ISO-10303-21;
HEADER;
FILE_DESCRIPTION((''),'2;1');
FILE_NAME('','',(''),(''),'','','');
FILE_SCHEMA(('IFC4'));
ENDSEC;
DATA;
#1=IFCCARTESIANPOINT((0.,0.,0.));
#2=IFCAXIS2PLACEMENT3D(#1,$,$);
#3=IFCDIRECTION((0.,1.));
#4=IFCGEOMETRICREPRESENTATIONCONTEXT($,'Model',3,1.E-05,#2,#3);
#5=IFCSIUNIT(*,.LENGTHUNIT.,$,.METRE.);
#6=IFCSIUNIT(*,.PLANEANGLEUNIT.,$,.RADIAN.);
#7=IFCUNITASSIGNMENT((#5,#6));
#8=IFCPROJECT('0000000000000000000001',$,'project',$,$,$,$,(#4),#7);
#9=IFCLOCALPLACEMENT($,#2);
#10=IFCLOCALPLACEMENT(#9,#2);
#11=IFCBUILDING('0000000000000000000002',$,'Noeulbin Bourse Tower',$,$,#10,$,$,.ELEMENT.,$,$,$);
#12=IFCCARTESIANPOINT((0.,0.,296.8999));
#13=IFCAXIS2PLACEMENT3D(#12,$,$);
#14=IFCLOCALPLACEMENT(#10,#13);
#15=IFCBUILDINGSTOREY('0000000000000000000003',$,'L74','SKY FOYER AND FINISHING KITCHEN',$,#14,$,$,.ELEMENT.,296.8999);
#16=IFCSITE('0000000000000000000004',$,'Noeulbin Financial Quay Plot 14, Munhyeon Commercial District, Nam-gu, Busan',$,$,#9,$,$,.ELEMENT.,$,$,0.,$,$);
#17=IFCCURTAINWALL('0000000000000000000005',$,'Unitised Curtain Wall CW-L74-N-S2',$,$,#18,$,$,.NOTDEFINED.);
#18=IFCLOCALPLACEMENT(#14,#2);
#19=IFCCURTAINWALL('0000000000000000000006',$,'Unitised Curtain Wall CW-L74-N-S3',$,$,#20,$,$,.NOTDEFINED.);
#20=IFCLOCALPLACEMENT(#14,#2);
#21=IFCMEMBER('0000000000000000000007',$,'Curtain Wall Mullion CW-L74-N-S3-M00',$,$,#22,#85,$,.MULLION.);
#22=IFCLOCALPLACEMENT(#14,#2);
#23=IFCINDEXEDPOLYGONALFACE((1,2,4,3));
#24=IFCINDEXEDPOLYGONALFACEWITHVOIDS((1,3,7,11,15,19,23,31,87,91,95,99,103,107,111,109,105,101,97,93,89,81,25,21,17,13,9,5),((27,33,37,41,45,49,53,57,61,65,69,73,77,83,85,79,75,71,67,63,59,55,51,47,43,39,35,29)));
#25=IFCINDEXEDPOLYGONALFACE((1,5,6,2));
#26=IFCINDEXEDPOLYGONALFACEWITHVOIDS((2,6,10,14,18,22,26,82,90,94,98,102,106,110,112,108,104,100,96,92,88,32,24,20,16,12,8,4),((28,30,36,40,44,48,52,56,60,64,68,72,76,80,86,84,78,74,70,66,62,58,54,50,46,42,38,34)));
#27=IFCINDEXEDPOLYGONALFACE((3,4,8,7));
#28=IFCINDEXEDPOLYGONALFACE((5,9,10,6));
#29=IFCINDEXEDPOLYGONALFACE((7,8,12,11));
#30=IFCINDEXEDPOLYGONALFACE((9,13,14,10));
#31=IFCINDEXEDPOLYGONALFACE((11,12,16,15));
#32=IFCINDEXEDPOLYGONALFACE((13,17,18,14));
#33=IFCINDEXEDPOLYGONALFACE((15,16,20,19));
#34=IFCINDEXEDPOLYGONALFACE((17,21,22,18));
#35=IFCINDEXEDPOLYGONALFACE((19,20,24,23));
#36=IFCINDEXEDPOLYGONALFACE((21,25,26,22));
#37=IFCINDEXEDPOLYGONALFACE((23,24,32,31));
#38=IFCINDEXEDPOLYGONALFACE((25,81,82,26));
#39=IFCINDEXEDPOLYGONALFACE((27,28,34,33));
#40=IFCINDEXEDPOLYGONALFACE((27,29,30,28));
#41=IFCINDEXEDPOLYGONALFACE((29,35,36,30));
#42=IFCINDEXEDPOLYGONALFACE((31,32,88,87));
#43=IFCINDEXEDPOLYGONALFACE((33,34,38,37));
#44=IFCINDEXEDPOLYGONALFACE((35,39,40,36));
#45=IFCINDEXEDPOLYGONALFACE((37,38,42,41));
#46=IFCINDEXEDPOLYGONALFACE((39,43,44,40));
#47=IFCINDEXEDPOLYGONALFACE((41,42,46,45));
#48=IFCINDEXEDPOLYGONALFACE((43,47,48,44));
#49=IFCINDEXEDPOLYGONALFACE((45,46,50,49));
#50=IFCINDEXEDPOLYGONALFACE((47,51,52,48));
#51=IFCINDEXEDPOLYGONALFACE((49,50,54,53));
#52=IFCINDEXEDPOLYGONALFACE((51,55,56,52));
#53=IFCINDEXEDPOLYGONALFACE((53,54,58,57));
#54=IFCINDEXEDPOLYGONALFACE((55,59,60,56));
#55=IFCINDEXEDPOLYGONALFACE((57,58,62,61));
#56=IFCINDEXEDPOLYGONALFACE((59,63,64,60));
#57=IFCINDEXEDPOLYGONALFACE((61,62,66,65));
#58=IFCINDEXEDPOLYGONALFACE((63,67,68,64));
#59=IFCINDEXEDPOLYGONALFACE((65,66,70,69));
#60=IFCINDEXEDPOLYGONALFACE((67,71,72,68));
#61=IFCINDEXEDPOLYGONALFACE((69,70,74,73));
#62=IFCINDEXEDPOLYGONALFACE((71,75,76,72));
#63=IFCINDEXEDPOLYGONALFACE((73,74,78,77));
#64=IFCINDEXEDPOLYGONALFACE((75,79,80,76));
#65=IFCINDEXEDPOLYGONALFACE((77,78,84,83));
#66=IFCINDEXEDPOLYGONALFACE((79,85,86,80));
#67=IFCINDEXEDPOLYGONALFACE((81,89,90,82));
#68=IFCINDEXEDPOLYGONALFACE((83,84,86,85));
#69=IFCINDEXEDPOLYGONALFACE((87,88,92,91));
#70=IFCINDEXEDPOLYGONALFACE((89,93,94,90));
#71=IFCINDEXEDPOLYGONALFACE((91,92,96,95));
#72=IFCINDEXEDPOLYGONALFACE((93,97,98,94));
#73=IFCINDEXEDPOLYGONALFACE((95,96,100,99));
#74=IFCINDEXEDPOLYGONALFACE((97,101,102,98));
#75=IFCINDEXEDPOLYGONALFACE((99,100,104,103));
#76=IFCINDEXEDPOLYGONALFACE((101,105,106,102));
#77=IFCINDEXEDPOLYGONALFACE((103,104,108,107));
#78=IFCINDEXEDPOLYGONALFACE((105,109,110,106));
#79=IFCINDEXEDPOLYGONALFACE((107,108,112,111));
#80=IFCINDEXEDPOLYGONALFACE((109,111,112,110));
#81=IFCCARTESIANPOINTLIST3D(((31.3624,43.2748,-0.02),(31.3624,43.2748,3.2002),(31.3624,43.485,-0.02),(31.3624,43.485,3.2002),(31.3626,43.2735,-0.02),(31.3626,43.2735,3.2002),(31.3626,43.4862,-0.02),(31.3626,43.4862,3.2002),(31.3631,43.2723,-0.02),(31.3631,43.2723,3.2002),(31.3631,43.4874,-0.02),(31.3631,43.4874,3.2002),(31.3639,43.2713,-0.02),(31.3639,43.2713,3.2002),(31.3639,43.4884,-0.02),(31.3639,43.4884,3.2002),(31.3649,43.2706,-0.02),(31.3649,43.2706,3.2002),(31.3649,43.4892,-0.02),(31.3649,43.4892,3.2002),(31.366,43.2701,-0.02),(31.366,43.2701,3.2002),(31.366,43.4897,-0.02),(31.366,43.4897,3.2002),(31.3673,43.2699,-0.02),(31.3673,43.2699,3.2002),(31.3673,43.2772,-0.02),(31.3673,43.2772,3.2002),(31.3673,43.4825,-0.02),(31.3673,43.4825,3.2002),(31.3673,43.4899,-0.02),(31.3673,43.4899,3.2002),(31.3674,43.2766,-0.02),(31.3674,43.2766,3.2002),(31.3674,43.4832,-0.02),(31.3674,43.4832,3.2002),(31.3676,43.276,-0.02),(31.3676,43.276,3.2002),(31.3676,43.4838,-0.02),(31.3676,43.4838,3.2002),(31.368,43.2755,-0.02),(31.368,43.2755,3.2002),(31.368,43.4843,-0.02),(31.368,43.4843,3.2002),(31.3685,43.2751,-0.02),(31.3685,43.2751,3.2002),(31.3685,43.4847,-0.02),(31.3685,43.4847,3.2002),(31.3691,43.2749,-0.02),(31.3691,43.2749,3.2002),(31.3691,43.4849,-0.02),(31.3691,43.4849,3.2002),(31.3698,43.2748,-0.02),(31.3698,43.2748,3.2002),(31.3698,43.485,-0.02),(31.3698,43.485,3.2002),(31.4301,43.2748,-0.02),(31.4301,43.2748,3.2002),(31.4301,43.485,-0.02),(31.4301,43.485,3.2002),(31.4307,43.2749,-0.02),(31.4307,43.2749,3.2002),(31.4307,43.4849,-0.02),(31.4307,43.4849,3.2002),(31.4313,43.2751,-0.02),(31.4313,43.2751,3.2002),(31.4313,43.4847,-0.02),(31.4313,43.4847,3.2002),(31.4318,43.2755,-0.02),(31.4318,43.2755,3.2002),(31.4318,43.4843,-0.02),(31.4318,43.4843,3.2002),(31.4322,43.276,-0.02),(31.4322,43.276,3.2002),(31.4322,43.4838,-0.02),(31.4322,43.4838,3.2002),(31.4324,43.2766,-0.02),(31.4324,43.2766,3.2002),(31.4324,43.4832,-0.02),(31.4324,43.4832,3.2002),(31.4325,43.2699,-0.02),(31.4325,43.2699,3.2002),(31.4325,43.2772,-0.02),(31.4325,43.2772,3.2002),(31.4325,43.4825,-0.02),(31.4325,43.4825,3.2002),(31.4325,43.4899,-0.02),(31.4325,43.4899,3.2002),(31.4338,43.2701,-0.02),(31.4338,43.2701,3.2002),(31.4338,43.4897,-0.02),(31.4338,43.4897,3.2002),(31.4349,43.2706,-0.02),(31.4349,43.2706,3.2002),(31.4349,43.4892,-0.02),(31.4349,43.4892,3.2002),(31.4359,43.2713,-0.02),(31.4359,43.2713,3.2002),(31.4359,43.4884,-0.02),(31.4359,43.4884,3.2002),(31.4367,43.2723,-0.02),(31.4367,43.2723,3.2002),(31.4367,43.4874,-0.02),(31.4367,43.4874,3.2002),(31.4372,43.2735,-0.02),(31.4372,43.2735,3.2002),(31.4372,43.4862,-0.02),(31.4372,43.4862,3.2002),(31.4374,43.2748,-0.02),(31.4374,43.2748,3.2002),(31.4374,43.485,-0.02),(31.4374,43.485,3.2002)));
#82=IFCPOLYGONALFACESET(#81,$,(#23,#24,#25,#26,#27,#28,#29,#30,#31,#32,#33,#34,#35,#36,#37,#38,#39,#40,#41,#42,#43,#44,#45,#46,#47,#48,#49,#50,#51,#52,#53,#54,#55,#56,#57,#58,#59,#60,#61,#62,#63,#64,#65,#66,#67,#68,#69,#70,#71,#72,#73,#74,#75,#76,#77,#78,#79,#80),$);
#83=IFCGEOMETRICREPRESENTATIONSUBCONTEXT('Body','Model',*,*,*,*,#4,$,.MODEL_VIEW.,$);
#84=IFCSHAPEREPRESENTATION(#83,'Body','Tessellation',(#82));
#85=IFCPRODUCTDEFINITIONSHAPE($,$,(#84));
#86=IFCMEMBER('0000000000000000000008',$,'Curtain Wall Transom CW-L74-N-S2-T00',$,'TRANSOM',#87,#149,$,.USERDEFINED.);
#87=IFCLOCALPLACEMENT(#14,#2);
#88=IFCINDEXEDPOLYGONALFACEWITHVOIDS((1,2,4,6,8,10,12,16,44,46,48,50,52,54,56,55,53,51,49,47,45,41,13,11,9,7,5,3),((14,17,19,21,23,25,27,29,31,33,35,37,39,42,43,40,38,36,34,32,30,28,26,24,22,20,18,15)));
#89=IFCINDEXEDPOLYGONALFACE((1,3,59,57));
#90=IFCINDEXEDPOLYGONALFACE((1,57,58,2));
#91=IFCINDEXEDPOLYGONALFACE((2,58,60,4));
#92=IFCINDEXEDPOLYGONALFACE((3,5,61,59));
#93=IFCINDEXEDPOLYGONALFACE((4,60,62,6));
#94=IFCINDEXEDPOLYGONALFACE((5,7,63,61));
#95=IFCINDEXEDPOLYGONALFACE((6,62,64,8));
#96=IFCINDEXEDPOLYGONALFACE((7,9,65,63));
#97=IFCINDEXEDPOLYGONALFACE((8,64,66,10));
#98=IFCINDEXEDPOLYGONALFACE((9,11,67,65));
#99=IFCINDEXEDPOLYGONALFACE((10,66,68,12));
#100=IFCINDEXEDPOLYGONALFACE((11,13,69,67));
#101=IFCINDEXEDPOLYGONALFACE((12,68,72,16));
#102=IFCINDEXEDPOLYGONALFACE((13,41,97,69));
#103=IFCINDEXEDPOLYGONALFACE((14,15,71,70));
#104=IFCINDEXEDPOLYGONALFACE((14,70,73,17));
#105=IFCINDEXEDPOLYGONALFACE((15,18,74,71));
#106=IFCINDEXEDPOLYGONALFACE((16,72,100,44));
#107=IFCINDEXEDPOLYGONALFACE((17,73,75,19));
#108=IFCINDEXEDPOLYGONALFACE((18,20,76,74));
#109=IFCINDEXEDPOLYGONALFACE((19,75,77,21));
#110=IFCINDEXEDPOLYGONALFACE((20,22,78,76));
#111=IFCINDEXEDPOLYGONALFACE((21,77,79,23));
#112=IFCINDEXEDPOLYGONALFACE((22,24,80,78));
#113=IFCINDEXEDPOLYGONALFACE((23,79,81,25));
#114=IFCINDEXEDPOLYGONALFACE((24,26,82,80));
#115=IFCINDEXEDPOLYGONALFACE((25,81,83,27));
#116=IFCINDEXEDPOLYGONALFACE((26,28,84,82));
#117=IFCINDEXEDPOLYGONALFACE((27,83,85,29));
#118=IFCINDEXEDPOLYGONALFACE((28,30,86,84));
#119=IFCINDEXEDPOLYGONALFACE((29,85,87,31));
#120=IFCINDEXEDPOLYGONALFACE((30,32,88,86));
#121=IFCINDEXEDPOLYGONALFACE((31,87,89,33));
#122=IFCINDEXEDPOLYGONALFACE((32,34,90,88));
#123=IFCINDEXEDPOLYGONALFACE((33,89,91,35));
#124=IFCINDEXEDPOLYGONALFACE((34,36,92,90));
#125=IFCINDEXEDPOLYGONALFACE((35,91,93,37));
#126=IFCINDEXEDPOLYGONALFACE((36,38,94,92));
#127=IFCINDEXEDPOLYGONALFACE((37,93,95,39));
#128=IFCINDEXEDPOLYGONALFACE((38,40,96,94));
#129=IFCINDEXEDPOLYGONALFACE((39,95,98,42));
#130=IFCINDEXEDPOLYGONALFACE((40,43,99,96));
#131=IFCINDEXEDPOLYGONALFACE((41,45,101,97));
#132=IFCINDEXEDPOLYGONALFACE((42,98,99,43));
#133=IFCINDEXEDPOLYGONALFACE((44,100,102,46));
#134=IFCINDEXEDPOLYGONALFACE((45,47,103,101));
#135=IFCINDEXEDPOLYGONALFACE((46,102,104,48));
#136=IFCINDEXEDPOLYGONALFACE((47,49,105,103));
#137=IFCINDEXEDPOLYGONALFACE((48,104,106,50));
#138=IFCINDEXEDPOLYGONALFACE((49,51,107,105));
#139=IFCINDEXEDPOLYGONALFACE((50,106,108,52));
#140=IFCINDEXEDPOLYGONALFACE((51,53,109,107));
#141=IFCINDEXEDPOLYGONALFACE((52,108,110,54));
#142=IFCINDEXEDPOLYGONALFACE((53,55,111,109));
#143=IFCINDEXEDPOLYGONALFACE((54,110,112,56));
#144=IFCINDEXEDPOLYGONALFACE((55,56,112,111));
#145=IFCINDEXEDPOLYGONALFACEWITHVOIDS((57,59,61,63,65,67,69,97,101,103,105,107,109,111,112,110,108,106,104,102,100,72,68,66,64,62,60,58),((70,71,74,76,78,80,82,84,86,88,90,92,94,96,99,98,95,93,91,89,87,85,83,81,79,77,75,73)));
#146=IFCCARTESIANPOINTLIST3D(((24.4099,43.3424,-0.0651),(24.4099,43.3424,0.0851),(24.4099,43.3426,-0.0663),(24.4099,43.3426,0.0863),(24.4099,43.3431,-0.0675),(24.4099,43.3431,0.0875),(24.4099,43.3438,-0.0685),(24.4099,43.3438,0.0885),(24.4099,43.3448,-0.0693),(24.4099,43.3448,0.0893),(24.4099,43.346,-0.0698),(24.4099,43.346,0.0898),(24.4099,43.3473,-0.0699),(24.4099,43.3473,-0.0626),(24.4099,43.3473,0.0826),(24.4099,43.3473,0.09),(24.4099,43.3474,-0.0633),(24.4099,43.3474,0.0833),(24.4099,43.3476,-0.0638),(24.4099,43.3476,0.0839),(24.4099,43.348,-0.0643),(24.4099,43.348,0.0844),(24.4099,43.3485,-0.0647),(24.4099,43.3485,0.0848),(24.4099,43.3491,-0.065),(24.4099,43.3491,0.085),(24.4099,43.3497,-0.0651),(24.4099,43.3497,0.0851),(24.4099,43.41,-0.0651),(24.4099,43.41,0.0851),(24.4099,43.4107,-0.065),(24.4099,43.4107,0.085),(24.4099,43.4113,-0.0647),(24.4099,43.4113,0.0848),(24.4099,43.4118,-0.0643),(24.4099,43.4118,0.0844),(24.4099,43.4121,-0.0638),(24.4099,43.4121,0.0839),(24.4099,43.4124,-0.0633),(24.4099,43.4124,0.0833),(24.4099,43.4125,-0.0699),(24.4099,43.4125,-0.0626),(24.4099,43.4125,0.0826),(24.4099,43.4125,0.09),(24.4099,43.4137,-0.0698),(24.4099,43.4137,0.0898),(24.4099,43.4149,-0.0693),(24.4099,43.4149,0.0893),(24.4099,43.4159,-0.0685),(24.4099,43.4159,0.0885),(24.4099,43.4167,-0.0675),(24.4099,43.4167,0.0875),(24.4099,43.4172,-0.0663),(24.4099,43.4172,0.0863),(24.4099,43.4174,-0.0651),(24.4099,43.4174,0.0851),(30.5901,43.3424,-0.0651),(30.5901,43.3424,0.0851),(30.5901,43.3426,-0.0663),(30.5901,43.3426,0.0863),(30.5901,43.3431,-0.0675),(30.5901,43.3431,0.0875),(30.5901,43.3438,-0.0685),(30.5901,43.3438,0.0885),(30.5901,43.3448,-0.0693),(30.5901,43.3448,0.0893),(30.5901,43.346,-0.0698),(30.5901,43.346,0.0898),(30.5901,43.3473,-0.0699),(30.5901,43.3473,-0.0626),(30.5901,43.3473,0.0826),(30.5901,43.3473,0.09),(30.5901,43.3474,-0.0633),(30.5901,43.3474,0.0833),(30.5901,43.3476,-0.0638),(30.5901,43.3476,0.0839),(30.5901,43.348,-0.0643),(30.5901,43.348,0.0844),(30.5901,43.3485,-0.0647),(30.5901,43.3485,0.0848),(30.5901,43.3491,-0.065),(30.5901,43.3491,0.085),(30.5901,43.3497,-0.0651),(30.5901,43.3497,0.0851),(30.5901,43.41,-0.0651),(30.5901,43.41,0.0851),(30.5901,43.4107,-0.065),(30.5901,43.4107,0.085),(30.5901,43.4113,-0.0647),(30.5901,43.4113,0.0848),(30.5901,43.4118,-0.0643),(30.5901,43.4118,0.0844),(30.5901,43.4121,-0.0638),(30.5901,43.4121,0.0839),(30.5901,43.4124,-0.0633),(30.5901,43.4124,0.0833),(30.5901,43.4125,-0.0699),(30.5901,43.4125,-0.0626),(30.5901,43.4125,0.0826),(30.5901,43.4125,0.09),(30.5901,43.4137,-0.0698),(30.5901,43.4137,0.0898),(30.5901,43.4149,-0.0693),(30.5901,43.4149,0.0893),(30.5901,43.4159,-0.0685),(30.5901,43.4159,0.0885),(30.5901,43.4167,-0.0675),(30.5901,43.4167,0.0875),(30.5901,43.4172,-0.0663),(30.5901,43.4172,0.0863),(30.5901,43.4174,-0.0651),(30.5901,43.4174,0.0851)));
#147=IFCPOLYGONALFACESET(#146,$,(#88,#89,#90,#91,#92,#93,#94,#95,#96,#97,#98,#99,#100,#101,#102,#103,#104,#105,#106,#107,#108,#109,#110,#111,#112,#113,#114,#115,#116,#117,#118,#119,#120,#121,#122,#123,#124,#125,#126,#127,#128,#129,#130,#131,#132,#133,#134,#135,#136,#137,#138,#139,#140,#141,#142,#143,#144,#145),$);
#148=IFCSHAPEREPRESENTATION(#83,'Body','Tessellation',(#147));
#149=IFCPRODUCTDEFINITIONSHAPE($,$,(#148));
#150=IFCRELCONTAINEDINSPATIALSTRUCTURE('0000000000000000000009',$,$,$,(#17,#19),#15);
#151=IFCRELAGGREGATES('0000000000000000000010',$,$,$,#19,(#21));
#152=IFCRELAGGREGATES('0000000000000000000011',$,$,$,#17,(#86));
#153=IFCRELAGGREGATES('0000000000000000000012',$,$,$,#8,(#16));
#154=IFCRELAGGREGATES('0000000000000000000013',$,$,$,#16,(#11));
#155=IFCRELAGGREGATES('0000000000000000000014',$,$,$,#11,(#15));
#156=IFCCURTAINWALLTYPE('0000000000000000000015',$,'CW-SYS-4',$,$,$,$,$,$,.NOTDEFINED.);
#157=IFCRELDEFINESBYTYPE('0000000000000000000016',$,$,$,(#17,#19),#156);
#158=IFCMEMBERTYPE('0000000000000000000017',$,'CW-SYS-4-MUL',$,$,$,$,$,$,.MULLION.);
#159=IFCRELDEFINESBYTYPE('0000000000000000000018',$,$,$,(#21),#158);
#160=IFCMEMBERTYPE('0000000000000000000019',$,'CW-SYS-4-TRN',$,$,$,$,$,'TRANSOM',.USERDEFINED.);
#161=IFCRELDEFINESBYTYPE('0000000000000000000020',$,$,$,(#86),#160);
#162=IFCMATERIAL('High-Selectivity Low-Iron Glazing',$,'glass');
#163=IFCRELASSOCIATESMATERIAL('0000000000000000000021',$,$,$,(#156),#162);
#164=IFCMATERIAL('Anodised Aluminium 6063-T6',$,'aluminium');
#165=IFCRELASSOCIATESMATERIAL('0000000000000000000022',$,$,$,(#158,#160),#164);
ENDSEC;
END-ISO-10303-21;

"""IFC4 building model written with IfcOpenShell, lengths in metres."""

from ifc_helpers import new_model, si_unit, direction, frame, origin, origin_2d, place, context, subcontext, project, spatial, hollow_rectangle, extrude, material, material_profile, profile_set, type_object, element, aggregate, save


model = new_model("IFC4")

# Units and contexts
model_context = context("Model", 3, precision=1e-05, world=origin(), true_north=direction((0.0, 1.0)))
body_context = subcontext(model_context, "Body", "Model", "MODEL_VIEW")
ifc_project = project(units=[si_unit("LENGTHUNIT", "METRE"), si_unit("PLANEANGLEUNIT", "RADIAN")], contexts=[model_context])

# Site, building, storey
site_placement = place(None, origin())
site = spatial("IfcSite", under=ifc_project, at=site_placement, Name="Noeulbin Financial Quay Plot 14, Munhyeon Commercial District, Nam-gu, Busan", CompositionType="ELEMENT", RefElevation=0.0)
building_placement = place(site_placement, origin())
building = spatial("IfcBuilding", under=site, at=building_placement, Name="Noeulbin Bourse Tower", CompositionType="ELEMENT")
storey_placement = place(building_placement, frame((0.0, 0.0, 296.8999)))
storey = spatial("IfcBuildingStorey", under=building, at=storey_placement, Name="L74", Description="SKY FOYER AND FINISHING KITCHEN", CompositionType="ELEMENT", Elevation=296.8999)

# Curtain wall
ifc_material_1 = material(Name="High-Selectivity Low-Iron Glazing", Category="glass")
curtain_wall_type = type_object("IfcCurtainWallType", Name="CW-SYS-4", PredefinedType="NOTDEFINED", material=ifc_material_1)
ifc_material_2 = material(Name="Anodised Aluminium 6063-T6", Category="aluminium")
ifc_material_profile_1 = material_profile(ifc_material_2, hollow_rectangle(XDim=0.075, YDim=0.22, WallThickness=0.0049, InnerFilletRadius=0.0024, OuterFilletRadius=0.0049, at=origin_2d()), Name="ALU-MULL-75x220x5", Category="LoadBearing")
ifc_profile_set_1 = profile_set([ifc_material_profile_1], Name="Anodised Aluminium 6063-T6")
member_type_1 = type_object("IfcMemberType", Name="CW-SYS-4-MUL", PredefinedType="MULLION", material=ifc_profile_set_1)
curtain_wall_1_placement = place(storey_placement, origin())
curtain_wall_1 = element("IfcCurtainWall", 1, at=curtain_wall_1_placement, inside=storey, type_object=curtain_wall_type, Name="Unitised Curtain Wall CW-L74-N-S2", PredefinedType="NOTDEFINED")

# Curtain wall, member
curtain_wall_2_placement = place(storey_placement, origin())
curtain_wall_2 = element("IfcCurtainWall", 2, at=curtain_wall_2_placement, inside=storey, type_object=curtain_wall_type, Name="Unitised Curtain Wall CW-L74-N-S3", PredefinedType="NOTDEFINED")
member_1_placement = place(storey_placement, frame((31.3999, 43.3799, -0.02), z_axis=(0.0, 0.0, 1.0), x_axis=(1.0, 0.0, 0.0)))
member_1 = element("IfcMember", 3, at=member_1_placement, type_object=member_type_1, Name="Curtain Wall Mullion CW-L74-N-S3-M00", PredefinedType="MULLION", context=body_context, shape_type="SweptSolid", body=[
    extrude(hollow_rectangle(XDim=0.075, YDim=0.22, WallThickness=0.0049, InnerFilletRadius=0.0024, OuterFilletRadius=0.0049, at=origin_2d()), origin(), (0.0, 0.0, 1.0), 3.2202),
])

# Member
ifc_material_profile_2 = material_profile(ifc_material_2, hollow_rectangle(XDim=0.075, YDim=0.1599, WallThickness=0.0049, InnerFilletRadius=0.0024, OuterFilletRadius=0.0049, at=origin_2d()), Name="ALU-TRAN-75x160x5", Category="LoadBearing")
ifc_profile_set_2 = profile_set([ifc_material_profile_2], Name="Anodised Aluminium 6063-T6")
member_type_2 = type_object("IfcMemberType", Name="CW-SYS-4-TRN", ElementType="TRANSOM", PredefinedType="USERDEFINED", material=ifc_profile_set_2)
member_2_placement = place(storey_placement, frame((24.4099, 43.3799, 0.01), z_axis=(1.0, 0.0, 0.0), x_axis=(0.0, 1.0, 0.0)))
member_2 = element("IfcMember", 4, at=member_2_placement, type_object=member_type_2, Name="Curtain Wall Transom CW-L74-N-S2-T00", ObjectType="TRANSOM", PredefinedType="USERDEFINED", context=body_context, shape_type="SweptSolid", body=[
    extrude(hollow_rectangle(XDim=0.075, YDim=0.1599, WallThickness=0.0049, InnerFilletRadius=0.0024, OuterFilletRadius=0.0049, at=origin_2d()), origin(), (0.0, 0.0, 1.0), 6.1802),
])
aggregate(curtain_wall_2, [member_1])

aggregate(curtain_wall_1, [member_2])

save(model, "model.ifc")
